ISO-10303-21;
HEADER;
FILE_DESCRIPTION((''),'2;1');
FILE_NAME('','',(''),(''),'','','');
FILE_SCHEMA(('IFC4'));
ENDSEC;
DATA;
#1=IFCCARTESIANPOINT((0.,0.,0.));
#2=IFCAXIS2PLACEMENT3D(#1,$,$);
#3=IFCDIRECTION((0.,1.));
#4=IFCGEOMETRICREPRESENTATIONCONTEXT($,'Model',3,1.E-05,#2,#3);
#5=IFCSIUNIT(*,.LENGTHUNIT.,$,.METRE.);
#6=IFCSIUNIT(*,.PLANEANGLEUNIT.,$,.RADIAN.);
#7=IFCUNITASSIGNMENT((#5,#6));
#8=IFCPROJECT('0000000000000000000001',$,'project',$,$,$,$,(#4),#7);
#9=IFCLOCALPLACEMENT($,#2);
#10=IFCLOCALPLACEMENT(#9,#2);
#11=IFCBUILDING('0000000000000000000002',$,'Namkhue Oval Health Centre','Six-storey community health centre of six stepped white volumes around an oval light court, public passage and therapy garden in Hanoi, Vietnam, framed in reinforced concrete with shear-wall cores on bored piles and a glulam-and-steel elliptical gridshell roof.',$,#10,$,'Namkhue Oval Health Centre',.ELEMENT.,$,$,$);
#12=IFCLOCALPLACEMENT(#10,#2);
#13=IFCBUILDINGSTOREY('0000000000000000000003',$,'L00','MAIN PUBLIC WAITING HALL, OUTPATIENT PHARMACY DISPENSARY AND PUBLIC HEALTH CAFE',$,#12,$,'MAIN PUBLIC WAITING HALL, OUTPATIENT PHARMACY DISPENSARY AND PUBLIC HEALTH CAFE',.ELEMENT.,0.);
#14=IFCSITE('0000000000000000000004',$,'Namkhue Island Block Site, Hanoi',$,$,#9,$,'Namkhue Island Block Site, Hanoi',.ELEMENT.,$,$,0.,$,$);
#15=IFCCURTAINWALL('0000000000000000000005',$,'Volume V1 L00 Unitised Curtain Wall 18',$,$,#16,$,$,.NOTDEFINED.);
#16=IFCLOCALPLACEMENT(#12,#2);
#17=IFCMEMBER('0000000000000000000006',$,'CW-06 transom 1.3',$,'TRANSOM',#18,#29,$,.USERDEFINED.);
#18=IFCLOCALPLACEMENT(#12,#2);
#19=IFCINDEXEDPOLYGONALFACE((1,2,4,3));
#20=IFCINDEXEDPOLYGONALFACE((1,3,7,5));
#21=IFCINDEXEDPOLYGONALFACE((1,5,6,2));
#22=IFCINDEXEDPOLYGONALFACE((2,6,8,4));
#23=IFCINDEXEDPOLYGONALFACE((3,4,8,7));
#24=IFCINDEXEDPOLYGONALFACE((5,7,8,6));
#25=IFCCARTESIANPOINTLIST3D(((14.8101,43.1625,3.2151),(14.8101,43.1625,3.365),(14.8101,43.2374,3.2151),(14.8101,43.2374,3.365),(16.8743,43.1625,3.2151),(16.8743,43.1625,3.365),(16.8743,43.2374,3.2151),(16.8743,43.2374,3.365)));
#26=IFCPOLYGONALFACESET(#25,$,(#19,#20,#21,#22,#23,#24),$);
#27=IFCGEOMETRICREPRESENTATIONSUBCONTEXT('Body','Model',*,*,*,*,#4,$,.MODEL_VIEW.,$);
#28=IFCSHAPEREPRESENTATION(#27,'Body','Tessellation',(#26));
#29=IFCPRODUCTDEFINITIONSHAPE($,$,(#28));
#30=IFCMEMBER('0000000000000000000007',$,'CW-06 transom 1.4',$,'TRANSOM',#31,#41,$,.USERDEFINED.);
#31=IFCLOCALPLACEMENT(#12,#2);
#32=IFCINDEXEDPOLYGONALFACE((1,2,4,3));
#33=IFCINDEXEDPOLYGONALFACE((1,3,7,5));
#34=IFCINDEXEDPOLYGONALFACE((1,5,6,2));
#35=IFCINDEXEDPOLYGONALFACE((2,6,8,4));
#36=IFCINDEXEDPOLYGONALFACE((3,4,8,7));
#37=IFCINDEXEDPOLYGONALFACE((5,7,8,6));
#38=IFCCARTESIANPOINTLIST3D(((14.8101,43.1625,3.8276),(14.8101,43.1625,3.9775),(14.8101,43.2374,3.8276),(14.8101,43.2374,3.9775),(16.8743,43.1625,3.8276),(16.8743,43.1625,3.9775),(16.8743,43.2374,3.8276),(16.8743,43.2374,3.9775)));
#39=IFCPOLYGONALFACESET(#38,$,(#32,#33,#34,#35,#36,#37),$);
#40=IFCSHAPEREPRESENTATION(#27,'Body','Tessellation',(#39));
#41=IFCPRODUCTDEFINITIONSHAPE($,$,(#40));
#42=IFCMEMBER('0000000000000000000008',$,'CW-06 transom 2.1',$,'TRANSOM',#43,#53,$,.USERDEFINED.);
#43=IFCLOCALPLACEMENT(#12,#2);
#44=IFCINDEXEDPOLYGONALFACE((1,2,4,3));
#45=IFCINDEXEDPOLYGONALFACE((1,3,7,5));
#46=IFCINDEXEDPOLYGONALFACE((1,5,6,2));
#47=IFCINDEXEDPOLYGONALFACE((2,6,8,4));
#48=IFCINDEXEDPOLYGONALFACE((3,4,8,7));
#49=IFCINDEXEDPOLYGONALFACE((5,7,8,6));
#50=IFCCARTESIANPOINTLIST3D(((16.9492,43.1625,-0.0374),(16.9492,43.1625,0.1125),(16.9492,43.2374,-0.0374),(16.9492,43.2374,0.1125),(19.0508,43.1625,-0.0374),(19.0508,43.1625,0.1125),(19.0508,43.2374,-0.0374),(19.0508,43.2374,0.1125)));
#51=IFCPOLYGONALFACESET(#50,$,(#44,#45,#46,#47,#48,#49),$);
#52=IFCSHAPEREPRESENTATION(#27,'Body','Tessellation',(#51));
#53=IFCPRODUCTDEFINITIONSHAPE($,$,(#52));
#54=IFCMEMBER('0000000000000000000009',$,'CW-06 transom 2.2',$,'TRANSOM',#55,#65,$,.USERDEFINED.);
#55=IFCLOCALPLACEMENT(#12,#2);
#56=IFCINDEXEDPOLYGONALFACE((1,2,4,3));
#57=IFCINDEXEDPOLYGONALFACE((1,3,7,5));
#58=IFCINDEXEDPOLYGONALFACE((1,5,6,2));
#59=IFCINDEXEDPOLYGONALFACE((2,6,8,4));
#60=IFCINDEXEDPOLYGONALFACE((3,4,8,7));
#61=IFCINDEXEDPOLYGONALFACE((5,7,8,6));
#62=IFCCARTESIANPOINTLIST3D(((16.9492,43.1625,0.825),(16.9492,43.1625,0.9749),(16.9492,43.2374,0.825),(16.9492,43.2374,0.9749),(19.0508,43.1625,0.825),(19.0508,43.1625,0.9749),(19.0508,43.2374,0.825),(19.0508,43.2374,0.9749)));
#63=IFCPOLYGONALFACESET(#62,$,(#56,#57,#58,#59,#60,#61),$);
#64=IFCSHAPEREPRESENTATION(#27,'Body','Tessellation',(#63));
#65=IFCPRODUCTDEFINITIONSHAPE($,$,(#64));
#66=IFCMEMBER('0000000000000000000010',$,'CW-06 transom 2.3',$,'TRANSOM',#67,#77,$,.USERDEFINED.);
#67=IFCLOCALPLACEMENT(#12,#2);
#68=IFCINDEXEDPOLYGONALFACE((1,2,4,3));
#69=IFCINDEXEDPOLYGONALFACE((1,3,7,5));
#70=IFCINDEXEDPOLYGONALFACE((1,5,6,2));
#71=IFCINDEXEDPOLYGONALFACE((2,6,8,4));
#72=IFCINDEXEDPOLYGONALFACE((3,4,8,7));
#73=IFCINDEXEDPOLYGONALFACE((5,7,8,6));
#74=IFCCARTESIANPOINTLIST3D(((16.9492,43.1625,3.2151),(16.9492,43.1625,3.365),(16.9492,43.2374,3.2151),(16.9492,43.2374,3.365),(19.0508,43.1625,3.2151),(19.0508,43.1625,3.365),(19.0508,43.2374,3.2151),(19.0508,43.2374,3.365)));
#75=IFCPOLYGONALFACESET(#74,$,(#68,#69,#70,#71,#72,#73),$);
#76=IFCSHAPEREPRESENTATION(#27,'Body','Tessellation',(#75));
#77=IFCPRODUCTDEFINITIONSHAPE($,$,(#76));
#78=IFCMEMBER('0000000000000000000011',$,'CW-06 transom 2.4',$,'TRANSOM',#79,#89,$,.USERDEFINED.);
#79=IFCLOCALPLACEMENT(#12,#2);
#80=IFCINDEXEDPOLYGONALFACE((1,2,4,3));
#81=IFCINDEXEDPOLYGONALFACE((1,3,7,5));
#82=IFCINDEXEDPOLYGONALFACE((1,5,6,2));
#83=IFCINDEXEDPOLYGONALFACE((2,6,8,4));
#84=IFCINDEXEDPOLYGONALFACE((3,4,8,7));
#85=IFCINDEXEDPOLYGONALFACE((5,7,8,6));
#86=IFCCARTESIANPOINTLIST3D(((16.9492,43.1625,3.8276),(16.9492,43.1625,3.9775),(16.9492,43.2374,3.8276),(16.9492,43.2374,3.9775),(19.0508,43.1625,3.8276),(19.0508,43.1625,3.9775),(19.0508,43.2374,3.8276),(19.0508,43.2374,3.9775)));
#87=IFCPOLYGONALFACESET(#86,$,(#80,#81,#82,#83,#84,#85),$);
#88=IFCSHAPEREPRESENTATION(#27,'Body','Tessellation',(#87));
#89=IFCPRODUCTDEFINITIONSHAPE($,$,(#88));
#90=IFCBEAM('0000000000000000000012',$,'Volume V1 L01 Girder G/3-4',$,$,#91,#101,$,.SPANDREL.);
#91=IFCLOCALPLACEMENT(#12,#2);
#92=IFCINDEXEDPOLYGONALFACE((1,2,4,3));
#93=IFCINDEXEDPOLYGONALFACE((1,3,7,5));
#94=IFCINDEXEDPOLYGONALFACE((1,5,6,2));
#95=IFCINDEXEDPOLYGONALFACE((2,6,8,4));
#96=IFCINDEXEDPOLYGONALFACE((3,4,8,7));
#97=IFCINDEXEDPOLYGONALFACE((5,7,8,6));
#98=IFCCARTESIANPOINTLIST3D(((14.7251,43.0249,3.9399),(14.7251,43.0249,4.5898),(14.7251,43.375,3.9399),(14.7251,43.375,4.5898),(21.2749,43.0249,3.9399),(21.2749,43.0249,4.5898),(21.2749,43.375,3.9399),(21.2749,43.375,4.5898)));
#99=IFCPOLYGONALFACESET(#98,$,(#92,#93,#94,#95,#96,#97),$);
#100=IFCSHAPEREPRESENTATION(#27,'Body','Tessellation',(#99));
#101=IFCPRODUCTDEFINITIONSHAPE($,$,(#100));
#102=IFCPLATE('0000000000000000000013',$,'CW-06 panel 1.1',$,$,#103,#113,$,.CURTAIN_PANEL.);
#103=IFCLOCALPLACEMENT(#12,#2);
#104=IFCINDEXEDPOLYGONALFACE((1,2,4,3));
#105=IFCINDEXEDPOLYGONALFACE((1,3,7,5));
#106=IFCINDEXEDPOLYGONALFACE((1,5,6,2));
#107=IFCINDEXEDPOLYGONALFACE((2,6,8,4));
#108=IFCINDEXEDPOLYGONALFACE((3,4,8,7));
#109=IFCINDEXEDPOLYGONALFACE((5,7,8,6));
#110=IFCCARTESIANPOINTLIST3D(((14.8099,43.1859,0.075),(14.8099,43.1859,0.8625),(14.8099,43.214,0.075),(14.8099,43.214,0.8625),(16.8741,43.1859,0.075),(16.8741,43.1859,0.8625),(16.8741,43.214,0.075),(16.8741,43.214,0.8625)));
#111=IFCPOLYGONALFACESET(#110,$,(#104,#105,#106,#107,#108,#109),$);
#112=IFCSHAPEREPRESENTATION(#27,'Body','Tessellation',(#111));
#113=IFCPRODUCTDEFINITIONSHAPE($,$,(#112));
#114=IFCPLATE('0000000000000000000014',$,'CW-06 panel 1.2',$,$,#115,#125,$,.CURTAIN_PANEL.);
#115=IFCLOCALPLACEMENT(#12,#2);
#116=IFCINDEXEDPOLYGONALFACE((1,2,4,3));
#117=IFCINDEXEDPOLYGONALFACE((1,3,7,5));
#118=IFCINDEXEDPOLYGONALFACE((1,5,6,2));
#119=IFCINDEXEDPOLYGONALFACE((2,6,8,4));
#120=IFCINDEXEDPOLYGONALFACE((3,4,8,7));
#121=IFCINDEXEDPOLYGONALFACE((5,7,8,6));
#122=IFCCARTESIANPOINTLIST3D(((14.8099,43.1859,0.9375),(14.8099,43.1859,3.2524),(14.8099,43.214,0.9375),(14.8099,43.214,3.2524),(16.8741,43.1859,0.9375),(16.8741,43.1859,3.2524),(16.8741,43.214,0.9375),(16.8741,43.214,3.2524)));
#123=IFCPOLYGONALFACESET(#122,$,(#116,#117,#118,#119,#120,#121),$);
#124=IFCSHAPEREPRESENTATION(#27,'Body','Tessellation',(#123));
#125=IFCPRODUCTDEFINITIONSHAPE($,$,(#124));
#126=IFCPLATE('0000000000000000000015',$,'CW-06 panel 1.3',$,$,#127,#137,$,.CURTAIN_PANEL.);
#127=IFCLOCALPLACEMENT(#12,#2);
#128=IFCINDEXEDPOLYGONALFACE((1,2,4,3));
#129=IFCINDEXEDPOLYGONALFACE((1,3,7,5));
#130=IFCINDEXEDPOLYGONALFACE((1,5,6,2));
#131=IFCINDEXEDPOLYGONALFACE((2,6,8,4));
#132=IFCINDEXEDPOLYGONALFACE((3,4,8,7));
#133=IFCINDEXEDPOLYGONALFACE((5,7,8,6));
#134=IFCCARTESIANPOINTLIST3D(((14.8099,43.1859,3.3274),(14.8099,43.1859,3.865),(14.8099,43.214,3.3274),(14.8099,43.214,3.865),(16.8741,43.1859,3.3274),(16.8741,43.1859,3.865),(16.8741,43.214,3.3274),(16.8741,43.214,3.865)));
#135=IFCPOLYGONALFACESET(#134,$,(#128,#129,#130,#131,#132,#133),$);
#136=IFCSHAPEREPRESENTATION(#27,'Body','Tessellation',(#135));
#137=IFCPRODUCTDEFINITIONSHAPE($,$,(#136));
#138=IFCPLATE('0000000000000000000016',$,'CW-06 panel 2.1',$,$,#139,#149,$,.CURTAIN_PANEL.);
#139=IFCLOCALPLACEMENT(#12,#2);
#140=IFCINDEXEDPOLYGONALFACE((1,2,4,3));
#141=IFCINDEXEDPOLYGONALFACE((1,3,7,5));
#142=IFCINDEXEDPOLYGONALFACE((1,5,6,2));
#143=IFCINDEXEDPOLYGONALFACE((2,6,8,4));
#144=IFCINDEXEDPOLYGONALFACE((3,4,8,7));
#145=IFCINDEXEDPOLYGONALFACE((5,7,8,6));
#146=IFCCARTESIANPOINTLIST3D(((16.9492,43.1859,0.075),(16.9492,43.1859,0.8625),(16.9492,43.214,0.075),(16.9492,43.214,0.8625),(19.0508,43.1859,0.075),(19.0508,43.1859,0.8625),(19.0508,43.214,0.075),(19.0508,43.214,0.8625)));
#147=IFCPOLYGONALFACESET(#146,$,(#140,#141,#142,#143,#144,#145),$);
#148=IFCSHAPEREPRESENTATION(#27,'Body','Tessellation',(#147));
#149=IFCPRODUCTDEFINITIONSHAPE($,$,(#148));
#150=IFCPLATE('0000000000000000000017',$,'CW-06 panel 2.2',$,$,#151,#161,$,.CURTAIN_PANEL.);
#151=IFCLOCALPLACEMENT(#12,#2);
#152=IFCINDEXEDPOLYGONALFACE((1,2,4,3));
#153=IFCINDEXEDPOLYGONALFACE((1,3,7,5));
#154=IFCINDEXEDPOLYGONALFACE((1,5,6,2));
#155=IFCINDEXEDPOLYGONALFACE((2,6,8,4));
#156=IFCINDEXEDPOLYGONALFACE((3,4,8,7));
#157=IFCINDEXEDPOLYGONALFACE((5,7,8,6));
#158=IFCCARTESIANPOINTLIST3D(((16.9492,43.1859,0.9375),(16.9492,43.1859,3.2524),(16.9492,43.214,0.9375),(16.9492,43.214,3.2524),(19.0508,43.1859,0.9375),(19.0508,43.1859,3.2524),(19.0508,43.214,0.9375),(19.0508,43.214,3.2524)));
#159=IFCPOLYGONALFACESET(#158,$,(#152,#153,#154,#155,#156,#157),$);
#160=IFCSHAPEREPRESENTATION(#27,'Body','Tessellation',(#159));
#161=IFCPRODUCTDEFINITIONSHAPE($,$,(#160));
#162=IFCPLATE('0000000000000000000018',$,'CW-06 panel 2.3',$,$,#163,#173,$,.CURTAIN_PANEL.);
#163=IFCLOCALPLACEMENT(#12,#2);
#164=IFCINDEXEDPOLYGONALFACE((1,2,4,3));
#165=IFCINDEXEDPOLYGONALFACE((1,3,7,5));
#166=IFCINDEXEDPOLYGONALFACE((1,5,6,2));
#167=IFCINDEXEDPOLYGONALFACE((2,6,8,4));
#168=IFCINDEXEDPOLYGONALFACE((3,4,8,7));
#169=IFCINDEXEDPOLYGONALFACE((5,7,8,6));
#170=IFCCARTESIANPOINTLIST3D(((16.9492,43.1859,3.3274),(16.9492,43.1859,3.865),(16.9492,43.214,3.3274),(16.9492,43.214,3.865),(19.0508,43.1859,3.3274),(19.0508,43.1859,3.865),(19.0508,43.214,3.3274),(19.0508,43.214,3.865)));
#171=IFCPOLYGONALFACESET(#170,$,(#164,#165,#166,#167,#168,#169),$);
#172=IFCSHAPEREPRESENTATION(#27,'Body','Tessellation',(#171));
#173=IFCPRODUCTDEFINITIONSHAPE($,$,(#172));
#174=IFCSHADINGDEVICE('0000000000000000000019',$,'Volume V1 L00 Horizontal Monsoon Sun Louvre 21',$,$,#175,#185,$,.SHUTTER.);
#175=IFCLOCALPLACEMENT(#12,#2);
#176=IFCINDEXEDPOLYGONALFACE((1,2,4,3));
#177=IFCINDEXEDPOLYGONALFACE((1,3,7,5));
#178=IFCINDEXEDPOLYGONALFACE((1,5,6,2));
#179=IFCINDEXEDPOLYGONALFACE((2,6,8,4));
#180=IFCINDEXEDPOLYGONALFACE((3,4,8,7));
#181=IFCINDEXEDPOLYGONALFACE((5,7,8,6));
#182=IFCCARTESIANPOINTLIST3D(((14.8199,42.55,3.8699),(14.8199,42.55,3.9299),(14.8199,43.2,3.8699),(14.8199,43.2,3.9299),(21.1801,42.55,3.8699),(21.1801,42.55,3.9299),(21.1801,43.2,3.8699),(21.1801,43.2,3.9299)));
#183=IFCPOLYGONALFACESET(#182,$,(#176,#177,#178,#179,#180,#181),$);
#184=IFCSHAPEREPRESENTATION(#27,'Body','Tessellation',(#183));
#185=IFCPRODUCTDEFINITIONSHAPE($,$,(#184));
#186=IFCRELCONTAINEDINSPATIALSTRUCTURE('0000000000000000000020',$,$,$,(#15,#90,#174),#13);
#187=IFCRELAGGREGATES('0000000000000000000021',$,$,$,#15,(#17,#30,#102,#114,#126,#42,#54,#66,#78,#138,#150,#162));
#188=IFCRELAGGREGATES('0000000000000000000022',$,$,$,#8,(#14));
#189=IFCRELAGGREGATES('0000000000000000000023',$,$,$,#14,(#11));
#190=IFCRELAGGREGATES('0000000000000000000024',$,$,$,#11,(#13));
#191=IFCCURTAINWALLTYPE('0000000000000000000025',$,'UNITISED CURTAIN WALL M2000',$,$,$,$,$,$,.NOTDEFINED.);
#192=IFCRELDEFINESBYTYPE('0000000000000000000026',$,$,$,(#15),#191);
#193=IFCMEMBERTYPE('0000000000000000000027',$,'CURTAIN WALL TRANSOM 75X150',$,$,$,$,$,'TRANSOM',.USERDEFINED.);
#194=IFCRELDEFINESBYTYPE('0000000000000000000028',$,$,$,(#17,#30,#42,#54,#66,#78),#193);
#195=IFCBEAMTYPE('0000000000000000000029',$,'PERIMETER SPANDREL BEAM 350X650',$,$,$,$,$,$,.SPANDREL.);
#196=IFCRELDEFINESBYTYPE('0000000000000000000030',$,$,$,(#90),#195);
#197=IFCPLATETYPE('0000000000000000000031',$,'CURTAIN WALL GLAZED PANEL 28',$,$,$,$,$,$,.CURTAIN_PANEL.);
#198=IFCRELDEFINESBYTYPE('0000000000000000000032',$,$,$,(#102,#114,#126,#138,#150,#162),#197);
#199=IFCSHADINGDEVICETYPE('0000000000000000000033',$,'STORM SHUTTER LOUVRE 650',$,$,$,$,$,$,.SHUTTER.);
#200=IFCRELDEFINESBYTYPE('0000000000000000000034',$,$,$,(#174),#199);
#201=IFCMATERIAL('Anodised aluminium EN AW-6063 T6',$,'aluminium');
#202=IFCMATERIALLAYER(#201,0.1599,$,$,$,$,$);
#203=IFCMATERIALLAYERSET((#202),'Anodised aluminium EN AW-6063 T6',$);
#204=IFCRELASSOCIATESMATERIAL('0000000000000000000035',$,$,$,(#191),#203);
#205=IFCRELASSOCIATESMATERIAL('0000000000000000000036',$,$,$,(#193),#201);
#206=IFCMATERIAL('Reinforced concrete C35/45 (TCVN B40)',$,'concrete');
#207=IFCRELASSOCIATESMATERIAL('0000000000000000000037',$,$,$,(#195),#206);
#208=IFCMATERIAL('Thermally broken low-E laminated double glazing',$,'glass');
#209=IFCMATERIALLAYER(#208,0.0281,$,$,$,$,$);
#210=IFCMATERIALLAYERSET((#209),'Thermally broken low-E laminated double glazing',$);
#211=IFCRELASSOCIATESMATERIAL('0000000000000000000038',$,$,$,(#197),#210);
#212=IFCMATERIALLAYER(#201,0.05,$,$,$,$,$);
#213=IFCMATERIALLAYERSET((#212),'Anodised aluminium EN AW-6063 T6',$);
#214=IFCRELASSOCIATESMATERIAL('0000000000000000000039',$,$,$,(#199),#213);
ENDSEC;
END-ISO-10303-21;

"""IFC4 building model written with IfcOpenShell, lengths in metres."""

from ifc_helpers import new_model, si_unit, direction, frame, origin, origin_2d, place, context, subcontext, project, spatial, rectangle, extrude, material, layer, layer_set, material_profile, profile_set, type_object, element, aggregate, save


model = new_model("IFC4")

# Units and contexts
model_context = context("Model", 3, precision=1e-05, world=origin(), true_north=direction((0.0, 1.0)))
body_context = subcontext(model_context, "Body", "Model", "MODEL_VIEW")
ifc_project = project(units=[si_unit("LENGTHUNIT", "METRE"), si_unit("PLANEANGLEUNIT", "RADIAN")], contexts=[model_context])

# Site, building, storey
site_placement = place(None, origin())
site = spatial("IfcSite", under=ifc_project, at=site_placement, Name="Namkhue Island Block Site, Hanoi", LongName="Namkhue Island Block Site, Hanoi", CompositionType="ELEMENT", RefElevation=0.0)
building_placement = place(site_placement, origin())
building = spatial("IfcBuilding", under=site, at=building_placement, Name="Namkhue Oval Health Centre", Description="Six-storey community health centre of six stepped white volumes around an oval light court, public passage and therapy garden in Hanoi, Vietnam, framed in reinforced concrete with shear-wall cores on bored piles and a glulam-and-steel elliptical gridshell roof.", LongName="Namkhue Oval Health Centre", CompositionType="ELEMENT")
storey_placement = place(building_placement, origin())
storey = spatial("IfcBuildingStorey", under=building, at=storey_placement, Name="L00", Description="MAIN PUBLIC WAITING HALL, OUTPATIENT PHARMACY DISPENSARY AND PUBLIC HEALTH CAFE", LongName="MAIN PUBLIC WAITING HALL, OUTPATIENT PHARMACY DISPENSARY AND PUBLIC HEALTH CAFE", CompositionType="ELEMENT", Elevation=0.0)

# Shared definitions
ifc_material_1 = material(Name="Reinforced concrete C35/45 (TCVN B40)", Category="concrete")

# Curtain wall, members
ifc_material_2 = material(Name="Anodised aluminium EN AW-6063 T6", Category="aluminium")
ifc_layer_1 = layer(ifc_material_2, 0.1599)
ifc_layer_set_1 = layer_set([ifc_layer_1], Name="Anodised aluminium EN AW-6063 T6")
curtain_wall_type = type_object("IfcCurtainWallType", Name="UNITISED CURTAIN WALL M2000", PredefinedType="NOTDEFINED", material=ifc_layer_set_1)
curtain_wall_placement = place(storey_placement, origin())
curtain_wall = element("IfcCurtainWall", 1, at=curtain_wall_placement, inside=storey, type_object=curtain_wall_type, Name="Volume V1 L00 Unitised Curtain Wall 18", PredefinedType="NOTDEFINED")
ifc_material_profile_1 = material_profile(ifc_material_2, rectangle(XDim=0.075, YDim=0.1499, at=origin_2d()), Name="ALU 75x150")
ifc_profile_set_1 = profile_set([ifc_material_profile_1], Name="Anodised aluminium EN AW-6063 T6")
member_type_1 = type_object("IfcMemberType", Name="CURTAIN WALL TRANSOM 75X150", ElementType="TRANSOM", PredefinedType="USERDEFINED", material=ifc_profile_set_1)
member_1_placement = place(storey_placement, frame((14.8101, 43.2, 3.29), z_axis=(1.0, 0.0, 0.0), x_axis=(0.0, 1.0, 0.0)))
member_1 = element("IfcMember", 2, at=member_1_placement, type_object=member_type_1, Name="CW-06 transom 1.3", ObjectType="TRANSOM", PredefinedType="USERDEFINED", context=body_context, shape_type="SweptSolid", body=[
    extrude(rectangle(XDim=0.075, YDim=0.1499, at=origin_2d()), origin(), (0.0, 0.0, 1.0), 2.0642),
])
member_2_placement = place(storey_placement, frame((14.8101, 43.2, 3.9026), z_axis=(1.0, 0.0, 0.0), x_axis=(0.0, 1.0, 0.0)))
member_2 = element("IfcMember", 3, at=member_2_placement, type_object=member_type_1, Name="CW-06 transom 1.4", ObjectType="TRANSOM", PredefinedType="USERDEFINED", context=body_context, shape_type="SweptSolid", body=[
    extrude(rectangle(XDim=0.075, YDim=0.1499, at=origin_2d()), origin(), (0.0, 0.0, 1.0), 2.0642),
])
member_3_placement = place(storey_placement, frame((16.9492, 43.2, 0.0376), z_axis=(1.0, 0.0, 0.0), x_axis=(0.0, 1.0, 0.0)))
member_3 = element("IfcMember", 4, at=member_3_placement, type_object=member_type_1, Name="CW-06 transom 2.1", ObjectType="TRANSOM", PredefinedType="USERDEFINED", context=body_context, shape_type="SweptSolid", body=[
    extrude(rectangle(XDim=0.075, YDim=0.1499, at=origin_2d()), origin(), (0.0, 0.0, 1.0), 2.1016),
])
member_4_placement = place(storey_placement, frame((16.9492, 43.2, 0.8999), z_axis=(1.0, 0.0, 0.0), x_axis=(0.0, 1.0, 0.0)))
member_4 = element("IfcMember", 5, at=member_4_placement, type_object=member_type_1, Name="CW-06 transom 2.2", ObjectType="TRANSOM", PredefinedType="USERDEFINED", context=body_context, shape_type="SweptSolid", body=[
    extrude(rectangle(XDim=0.075, YDim=0.1499, at=origin_2d()), origin(), (0.0, 0.0, 1.0), 2.1016),
])
member_5_placement = place(storey_placement, frame((16.9492, 43.2, 3.29), z_axis=(1.0, 0.0, 0.0), x_axis=(0.0, 1.0, 0.0)))
member_5 = element("IfcMember", 6, at=member_5_placement, type_object=member_type_1, Name="CW-06 transom 2.3", ObjectType="TRANSOM", PredefinedType="USERDEFINED", context=body_context, shape_type="SweptSolid", body=[
    extrude(rectangle(XDim=0.075, YDim=0.1499, at=origin_2d()), origin(), (0.0, 0.0, 1.0), 2.1016),
])
member_6_placement = place(storey_placement, frame((16.9492, 43.2, 3.9026), z_axis=(1.0, 0.0, 0.0), x_axis=(0.0, 1.0, 0.0)))
member_6 = element("IfcMember", 7, at=member_6_placement, type_object=member_type_1, Name="CW-06 transom 2.4", ObjectType="TRANSOM", PredefinedType="USERDEFINED", context=body_context, shape_type="SweptSolid", body=[
    extrude(rectangle(XDim=0.075, YDim=0.1499, at=origin_2d()), origin(), (0.0, 0.0, 1.0), 2.1016),
])

# Beam
ifc_material_profile_2 = material_profile(ifc_material_1, rectangle(XDim=0.3501, YDim=0.6499, at=origin_2d()), Name="RC 350x650")
ifc_profile_set_2 = profile_set([ifc_material_profile_2], Name="Reinforced concrete C35/45 (TCVN B40)")
beam_type = type_object("IfcBeamType", Name="PERIMETER SPANDREL BEAM 350X650", PredefinedType="SPANDREL", material=ifc_profile_set_2)
beam_placement = place(storey_placement, frame((14.7251, 43.2, 4.2649), z_axis=(1.0, 0.0, 0.0), x_axis=(0.0, 1.0, 0.0)))
element("IfcBeam", 8, at=beam_placement, inside=storey, type_object=beam_type, Name="Volume V1 L01 Girder G/3-4", PredefinedType="SPANDREL", context=body_context, shape_type="SweptSolid", body=[
    extrude(rectangle(XDim=0.3501, YDim=0.6499, at=origin_2d()), origin(), (0.0, 0.0, 1.0), 6.5498),
])

# Plates
ifc_material_3 = material(Name="Thermally broken low-E laminated double glazing", Category="glass")
ifc_layer_2 = layer(ifc_material_3, 0.0281)
ifc_layer_set_2 = layer_set([ifc_layer_2], Name="Thermally broken low-E laminated double glazing")
plate_type = type_object("IfcPlateType", Name="CURTAIN WALL GLAZED PANEL 28", PredefinedType="CURTAIN_PANEL", material=ifc_layer_set_2)
plate_1_placement = place(storey_placement, frame((15.842, 43.2, 0.075), z_axis=(0.0, 0.0, 1.0), x_axis=(1.0, 0.0, 0.0)))
plate_1 = element("IfcPlate", 9, at=plate_1_placement, type_object=plate_type, Name="CW-06 panel 1.1", PredefinedType="CURTAIN_PANEL", context=body_context, shape_type="SweptSolid", body=[
    extrude(rectangle(XDim=2.0642, YDim=0.0281, at=origin_2d()), origin(), (0.0, 0.0, 1.0), 0.7876),
])
plate_2_placement = place(storey_placement, frame((15.842, 43.2, 0.9375), z_axis=(0.0, 0.0, 1.0), x_axis=(1.0, 0.0, 0.0)))
plate_2 = element("IfcPlate", 10, at=plate_2_placement, type_object=plate_type, Name="CW-06 panel 1.2", PredefinedType="CURTAIN_PANEL", context=body_context, shape_type="SweptSolid", body=[
    extrude(rectangle(XDim=2.0642, YDim=0.0281, at=origin_2d()), origin(), (0.0, 0.0, 1.0), 2.3149),
])
plate_3_placement = place(storey_placement, frame((15.842, 43.2, 3.3274), z_axis=(0.0, 0.0, 1.0), x_axis=(1.0, 0.0, 0.0)))
plate_3 = element("IfcPlate", 11, at=plate_3_placement, type_object=plate_type, Name="CW-06 panel 1.3", PredefinedType="CURTAIN_PANEL", context=body_context, shape_type="SweptSolid", body=[
    extrude(rectangle(XDim=2.0642, YDim=0.0281, at=origin_2d()), origin(), (0.0, 0.0, 1.0), 0.5376),
])
plate_4_placement = place(storey_placement, frame((18.0, 43.2, 0.075), z_axis=(0.0, 0.0, 1.0), x_axis=(1.0, 0.0, 0.0)))
plate_4 = element("IfcPlate", 12, at=plate_4_placement, type_object=plate_type, Name="CW-06 panel 2.1", PredefinedType="CURTAIN_PANEL", context=body_context, shape_type="SweptSolid", body=[
    extrude(rectangle(XDim=2.1016, YDim=0.0281, at=origin_2d()), origin(), (0.0, 0.0, 1.0), 0.7876),
])
plate_5_placement = place(storey_placement, frame((18.0, 43.2, 0.9375), z_axis=(0.0, 0.0, 1.0), x_axis=(1.0, 0.0, 0.0)))
plate_5 = element("IfcPlate", 13, at=plate_5_placement, type_object=plate_type, Name="CW-06 panel 2.2", PredefinedType="CURTAIN_PANEL", context=body_context, shape_type="SweptSolid", body=[
    extrude(rectangle(XDim=2.1016, YDim=0.0281, at=origin_2d()), origin(), (0.0, 0.0, 1.0), 2.3149),
])
plate_6_placement = place(storey_placement, frame((18.0, 43.2, 3.3274), z_axis=(0.0, 0.0, 1.0), x_axis=(1.0, 0.0, 0.0)))
plate_6 = element("IfcPlate", 14, at=plate_6_placement, type_object=plate_type, Name="CW-06 panel 2.3", PredefinedType="CURTAIN_PANEL", context=body_context, shape_type="SweptSolid", body=[
    extrude(rectangle(XDim=2.1016, YDim=0.0281, at=origin_2d()), origin(), (0.0, 0.0, 1.0), 0.5376),
])
aggregate(curtain_wall, [member_1, member_2, plate_1, plate_2, plate_3, member_3, member_4, member_5, member_6, plate_4, plate_5, plate_6])

# Shading device
ifc_layer_3 = layer(ifc_material_2, 0.05)
ifc_layer_set_3 = layer_set([ifc_layer_3], Name="Anodised aluminium EN AW-6063 T6")
shading_device_type = type_object("IfcShadingDeviceType", Name="STORM SHUTTER LOUVRE 650", PredefinedType="SHUTTER", material=ifc_layer_set_3)
shading_device_placement = place(storey_placement, frame((18.0, 42.875, 3.8699), z_axis=(0.0, 0.0, 1.0), x_axis=(1.0, 0.0, 0.0)))
element("IfcShadingDevice", 15, at=shading_device_placement, inside=storey, type_object=shading_device_type, Name="Volume V1 L00 Horizontal Monsoon Sun Louvre 21", PredefinedType="SHUTTER", context=body_context, shape_type="SweptSolid", body=[
    extrude(rectangle(XDim=6.3601, YDim=0.6499, at=origin_2d()), origin(), (0.0, 0.0, 1.0), 0.0601),
])

save(model, "model.ifc")
